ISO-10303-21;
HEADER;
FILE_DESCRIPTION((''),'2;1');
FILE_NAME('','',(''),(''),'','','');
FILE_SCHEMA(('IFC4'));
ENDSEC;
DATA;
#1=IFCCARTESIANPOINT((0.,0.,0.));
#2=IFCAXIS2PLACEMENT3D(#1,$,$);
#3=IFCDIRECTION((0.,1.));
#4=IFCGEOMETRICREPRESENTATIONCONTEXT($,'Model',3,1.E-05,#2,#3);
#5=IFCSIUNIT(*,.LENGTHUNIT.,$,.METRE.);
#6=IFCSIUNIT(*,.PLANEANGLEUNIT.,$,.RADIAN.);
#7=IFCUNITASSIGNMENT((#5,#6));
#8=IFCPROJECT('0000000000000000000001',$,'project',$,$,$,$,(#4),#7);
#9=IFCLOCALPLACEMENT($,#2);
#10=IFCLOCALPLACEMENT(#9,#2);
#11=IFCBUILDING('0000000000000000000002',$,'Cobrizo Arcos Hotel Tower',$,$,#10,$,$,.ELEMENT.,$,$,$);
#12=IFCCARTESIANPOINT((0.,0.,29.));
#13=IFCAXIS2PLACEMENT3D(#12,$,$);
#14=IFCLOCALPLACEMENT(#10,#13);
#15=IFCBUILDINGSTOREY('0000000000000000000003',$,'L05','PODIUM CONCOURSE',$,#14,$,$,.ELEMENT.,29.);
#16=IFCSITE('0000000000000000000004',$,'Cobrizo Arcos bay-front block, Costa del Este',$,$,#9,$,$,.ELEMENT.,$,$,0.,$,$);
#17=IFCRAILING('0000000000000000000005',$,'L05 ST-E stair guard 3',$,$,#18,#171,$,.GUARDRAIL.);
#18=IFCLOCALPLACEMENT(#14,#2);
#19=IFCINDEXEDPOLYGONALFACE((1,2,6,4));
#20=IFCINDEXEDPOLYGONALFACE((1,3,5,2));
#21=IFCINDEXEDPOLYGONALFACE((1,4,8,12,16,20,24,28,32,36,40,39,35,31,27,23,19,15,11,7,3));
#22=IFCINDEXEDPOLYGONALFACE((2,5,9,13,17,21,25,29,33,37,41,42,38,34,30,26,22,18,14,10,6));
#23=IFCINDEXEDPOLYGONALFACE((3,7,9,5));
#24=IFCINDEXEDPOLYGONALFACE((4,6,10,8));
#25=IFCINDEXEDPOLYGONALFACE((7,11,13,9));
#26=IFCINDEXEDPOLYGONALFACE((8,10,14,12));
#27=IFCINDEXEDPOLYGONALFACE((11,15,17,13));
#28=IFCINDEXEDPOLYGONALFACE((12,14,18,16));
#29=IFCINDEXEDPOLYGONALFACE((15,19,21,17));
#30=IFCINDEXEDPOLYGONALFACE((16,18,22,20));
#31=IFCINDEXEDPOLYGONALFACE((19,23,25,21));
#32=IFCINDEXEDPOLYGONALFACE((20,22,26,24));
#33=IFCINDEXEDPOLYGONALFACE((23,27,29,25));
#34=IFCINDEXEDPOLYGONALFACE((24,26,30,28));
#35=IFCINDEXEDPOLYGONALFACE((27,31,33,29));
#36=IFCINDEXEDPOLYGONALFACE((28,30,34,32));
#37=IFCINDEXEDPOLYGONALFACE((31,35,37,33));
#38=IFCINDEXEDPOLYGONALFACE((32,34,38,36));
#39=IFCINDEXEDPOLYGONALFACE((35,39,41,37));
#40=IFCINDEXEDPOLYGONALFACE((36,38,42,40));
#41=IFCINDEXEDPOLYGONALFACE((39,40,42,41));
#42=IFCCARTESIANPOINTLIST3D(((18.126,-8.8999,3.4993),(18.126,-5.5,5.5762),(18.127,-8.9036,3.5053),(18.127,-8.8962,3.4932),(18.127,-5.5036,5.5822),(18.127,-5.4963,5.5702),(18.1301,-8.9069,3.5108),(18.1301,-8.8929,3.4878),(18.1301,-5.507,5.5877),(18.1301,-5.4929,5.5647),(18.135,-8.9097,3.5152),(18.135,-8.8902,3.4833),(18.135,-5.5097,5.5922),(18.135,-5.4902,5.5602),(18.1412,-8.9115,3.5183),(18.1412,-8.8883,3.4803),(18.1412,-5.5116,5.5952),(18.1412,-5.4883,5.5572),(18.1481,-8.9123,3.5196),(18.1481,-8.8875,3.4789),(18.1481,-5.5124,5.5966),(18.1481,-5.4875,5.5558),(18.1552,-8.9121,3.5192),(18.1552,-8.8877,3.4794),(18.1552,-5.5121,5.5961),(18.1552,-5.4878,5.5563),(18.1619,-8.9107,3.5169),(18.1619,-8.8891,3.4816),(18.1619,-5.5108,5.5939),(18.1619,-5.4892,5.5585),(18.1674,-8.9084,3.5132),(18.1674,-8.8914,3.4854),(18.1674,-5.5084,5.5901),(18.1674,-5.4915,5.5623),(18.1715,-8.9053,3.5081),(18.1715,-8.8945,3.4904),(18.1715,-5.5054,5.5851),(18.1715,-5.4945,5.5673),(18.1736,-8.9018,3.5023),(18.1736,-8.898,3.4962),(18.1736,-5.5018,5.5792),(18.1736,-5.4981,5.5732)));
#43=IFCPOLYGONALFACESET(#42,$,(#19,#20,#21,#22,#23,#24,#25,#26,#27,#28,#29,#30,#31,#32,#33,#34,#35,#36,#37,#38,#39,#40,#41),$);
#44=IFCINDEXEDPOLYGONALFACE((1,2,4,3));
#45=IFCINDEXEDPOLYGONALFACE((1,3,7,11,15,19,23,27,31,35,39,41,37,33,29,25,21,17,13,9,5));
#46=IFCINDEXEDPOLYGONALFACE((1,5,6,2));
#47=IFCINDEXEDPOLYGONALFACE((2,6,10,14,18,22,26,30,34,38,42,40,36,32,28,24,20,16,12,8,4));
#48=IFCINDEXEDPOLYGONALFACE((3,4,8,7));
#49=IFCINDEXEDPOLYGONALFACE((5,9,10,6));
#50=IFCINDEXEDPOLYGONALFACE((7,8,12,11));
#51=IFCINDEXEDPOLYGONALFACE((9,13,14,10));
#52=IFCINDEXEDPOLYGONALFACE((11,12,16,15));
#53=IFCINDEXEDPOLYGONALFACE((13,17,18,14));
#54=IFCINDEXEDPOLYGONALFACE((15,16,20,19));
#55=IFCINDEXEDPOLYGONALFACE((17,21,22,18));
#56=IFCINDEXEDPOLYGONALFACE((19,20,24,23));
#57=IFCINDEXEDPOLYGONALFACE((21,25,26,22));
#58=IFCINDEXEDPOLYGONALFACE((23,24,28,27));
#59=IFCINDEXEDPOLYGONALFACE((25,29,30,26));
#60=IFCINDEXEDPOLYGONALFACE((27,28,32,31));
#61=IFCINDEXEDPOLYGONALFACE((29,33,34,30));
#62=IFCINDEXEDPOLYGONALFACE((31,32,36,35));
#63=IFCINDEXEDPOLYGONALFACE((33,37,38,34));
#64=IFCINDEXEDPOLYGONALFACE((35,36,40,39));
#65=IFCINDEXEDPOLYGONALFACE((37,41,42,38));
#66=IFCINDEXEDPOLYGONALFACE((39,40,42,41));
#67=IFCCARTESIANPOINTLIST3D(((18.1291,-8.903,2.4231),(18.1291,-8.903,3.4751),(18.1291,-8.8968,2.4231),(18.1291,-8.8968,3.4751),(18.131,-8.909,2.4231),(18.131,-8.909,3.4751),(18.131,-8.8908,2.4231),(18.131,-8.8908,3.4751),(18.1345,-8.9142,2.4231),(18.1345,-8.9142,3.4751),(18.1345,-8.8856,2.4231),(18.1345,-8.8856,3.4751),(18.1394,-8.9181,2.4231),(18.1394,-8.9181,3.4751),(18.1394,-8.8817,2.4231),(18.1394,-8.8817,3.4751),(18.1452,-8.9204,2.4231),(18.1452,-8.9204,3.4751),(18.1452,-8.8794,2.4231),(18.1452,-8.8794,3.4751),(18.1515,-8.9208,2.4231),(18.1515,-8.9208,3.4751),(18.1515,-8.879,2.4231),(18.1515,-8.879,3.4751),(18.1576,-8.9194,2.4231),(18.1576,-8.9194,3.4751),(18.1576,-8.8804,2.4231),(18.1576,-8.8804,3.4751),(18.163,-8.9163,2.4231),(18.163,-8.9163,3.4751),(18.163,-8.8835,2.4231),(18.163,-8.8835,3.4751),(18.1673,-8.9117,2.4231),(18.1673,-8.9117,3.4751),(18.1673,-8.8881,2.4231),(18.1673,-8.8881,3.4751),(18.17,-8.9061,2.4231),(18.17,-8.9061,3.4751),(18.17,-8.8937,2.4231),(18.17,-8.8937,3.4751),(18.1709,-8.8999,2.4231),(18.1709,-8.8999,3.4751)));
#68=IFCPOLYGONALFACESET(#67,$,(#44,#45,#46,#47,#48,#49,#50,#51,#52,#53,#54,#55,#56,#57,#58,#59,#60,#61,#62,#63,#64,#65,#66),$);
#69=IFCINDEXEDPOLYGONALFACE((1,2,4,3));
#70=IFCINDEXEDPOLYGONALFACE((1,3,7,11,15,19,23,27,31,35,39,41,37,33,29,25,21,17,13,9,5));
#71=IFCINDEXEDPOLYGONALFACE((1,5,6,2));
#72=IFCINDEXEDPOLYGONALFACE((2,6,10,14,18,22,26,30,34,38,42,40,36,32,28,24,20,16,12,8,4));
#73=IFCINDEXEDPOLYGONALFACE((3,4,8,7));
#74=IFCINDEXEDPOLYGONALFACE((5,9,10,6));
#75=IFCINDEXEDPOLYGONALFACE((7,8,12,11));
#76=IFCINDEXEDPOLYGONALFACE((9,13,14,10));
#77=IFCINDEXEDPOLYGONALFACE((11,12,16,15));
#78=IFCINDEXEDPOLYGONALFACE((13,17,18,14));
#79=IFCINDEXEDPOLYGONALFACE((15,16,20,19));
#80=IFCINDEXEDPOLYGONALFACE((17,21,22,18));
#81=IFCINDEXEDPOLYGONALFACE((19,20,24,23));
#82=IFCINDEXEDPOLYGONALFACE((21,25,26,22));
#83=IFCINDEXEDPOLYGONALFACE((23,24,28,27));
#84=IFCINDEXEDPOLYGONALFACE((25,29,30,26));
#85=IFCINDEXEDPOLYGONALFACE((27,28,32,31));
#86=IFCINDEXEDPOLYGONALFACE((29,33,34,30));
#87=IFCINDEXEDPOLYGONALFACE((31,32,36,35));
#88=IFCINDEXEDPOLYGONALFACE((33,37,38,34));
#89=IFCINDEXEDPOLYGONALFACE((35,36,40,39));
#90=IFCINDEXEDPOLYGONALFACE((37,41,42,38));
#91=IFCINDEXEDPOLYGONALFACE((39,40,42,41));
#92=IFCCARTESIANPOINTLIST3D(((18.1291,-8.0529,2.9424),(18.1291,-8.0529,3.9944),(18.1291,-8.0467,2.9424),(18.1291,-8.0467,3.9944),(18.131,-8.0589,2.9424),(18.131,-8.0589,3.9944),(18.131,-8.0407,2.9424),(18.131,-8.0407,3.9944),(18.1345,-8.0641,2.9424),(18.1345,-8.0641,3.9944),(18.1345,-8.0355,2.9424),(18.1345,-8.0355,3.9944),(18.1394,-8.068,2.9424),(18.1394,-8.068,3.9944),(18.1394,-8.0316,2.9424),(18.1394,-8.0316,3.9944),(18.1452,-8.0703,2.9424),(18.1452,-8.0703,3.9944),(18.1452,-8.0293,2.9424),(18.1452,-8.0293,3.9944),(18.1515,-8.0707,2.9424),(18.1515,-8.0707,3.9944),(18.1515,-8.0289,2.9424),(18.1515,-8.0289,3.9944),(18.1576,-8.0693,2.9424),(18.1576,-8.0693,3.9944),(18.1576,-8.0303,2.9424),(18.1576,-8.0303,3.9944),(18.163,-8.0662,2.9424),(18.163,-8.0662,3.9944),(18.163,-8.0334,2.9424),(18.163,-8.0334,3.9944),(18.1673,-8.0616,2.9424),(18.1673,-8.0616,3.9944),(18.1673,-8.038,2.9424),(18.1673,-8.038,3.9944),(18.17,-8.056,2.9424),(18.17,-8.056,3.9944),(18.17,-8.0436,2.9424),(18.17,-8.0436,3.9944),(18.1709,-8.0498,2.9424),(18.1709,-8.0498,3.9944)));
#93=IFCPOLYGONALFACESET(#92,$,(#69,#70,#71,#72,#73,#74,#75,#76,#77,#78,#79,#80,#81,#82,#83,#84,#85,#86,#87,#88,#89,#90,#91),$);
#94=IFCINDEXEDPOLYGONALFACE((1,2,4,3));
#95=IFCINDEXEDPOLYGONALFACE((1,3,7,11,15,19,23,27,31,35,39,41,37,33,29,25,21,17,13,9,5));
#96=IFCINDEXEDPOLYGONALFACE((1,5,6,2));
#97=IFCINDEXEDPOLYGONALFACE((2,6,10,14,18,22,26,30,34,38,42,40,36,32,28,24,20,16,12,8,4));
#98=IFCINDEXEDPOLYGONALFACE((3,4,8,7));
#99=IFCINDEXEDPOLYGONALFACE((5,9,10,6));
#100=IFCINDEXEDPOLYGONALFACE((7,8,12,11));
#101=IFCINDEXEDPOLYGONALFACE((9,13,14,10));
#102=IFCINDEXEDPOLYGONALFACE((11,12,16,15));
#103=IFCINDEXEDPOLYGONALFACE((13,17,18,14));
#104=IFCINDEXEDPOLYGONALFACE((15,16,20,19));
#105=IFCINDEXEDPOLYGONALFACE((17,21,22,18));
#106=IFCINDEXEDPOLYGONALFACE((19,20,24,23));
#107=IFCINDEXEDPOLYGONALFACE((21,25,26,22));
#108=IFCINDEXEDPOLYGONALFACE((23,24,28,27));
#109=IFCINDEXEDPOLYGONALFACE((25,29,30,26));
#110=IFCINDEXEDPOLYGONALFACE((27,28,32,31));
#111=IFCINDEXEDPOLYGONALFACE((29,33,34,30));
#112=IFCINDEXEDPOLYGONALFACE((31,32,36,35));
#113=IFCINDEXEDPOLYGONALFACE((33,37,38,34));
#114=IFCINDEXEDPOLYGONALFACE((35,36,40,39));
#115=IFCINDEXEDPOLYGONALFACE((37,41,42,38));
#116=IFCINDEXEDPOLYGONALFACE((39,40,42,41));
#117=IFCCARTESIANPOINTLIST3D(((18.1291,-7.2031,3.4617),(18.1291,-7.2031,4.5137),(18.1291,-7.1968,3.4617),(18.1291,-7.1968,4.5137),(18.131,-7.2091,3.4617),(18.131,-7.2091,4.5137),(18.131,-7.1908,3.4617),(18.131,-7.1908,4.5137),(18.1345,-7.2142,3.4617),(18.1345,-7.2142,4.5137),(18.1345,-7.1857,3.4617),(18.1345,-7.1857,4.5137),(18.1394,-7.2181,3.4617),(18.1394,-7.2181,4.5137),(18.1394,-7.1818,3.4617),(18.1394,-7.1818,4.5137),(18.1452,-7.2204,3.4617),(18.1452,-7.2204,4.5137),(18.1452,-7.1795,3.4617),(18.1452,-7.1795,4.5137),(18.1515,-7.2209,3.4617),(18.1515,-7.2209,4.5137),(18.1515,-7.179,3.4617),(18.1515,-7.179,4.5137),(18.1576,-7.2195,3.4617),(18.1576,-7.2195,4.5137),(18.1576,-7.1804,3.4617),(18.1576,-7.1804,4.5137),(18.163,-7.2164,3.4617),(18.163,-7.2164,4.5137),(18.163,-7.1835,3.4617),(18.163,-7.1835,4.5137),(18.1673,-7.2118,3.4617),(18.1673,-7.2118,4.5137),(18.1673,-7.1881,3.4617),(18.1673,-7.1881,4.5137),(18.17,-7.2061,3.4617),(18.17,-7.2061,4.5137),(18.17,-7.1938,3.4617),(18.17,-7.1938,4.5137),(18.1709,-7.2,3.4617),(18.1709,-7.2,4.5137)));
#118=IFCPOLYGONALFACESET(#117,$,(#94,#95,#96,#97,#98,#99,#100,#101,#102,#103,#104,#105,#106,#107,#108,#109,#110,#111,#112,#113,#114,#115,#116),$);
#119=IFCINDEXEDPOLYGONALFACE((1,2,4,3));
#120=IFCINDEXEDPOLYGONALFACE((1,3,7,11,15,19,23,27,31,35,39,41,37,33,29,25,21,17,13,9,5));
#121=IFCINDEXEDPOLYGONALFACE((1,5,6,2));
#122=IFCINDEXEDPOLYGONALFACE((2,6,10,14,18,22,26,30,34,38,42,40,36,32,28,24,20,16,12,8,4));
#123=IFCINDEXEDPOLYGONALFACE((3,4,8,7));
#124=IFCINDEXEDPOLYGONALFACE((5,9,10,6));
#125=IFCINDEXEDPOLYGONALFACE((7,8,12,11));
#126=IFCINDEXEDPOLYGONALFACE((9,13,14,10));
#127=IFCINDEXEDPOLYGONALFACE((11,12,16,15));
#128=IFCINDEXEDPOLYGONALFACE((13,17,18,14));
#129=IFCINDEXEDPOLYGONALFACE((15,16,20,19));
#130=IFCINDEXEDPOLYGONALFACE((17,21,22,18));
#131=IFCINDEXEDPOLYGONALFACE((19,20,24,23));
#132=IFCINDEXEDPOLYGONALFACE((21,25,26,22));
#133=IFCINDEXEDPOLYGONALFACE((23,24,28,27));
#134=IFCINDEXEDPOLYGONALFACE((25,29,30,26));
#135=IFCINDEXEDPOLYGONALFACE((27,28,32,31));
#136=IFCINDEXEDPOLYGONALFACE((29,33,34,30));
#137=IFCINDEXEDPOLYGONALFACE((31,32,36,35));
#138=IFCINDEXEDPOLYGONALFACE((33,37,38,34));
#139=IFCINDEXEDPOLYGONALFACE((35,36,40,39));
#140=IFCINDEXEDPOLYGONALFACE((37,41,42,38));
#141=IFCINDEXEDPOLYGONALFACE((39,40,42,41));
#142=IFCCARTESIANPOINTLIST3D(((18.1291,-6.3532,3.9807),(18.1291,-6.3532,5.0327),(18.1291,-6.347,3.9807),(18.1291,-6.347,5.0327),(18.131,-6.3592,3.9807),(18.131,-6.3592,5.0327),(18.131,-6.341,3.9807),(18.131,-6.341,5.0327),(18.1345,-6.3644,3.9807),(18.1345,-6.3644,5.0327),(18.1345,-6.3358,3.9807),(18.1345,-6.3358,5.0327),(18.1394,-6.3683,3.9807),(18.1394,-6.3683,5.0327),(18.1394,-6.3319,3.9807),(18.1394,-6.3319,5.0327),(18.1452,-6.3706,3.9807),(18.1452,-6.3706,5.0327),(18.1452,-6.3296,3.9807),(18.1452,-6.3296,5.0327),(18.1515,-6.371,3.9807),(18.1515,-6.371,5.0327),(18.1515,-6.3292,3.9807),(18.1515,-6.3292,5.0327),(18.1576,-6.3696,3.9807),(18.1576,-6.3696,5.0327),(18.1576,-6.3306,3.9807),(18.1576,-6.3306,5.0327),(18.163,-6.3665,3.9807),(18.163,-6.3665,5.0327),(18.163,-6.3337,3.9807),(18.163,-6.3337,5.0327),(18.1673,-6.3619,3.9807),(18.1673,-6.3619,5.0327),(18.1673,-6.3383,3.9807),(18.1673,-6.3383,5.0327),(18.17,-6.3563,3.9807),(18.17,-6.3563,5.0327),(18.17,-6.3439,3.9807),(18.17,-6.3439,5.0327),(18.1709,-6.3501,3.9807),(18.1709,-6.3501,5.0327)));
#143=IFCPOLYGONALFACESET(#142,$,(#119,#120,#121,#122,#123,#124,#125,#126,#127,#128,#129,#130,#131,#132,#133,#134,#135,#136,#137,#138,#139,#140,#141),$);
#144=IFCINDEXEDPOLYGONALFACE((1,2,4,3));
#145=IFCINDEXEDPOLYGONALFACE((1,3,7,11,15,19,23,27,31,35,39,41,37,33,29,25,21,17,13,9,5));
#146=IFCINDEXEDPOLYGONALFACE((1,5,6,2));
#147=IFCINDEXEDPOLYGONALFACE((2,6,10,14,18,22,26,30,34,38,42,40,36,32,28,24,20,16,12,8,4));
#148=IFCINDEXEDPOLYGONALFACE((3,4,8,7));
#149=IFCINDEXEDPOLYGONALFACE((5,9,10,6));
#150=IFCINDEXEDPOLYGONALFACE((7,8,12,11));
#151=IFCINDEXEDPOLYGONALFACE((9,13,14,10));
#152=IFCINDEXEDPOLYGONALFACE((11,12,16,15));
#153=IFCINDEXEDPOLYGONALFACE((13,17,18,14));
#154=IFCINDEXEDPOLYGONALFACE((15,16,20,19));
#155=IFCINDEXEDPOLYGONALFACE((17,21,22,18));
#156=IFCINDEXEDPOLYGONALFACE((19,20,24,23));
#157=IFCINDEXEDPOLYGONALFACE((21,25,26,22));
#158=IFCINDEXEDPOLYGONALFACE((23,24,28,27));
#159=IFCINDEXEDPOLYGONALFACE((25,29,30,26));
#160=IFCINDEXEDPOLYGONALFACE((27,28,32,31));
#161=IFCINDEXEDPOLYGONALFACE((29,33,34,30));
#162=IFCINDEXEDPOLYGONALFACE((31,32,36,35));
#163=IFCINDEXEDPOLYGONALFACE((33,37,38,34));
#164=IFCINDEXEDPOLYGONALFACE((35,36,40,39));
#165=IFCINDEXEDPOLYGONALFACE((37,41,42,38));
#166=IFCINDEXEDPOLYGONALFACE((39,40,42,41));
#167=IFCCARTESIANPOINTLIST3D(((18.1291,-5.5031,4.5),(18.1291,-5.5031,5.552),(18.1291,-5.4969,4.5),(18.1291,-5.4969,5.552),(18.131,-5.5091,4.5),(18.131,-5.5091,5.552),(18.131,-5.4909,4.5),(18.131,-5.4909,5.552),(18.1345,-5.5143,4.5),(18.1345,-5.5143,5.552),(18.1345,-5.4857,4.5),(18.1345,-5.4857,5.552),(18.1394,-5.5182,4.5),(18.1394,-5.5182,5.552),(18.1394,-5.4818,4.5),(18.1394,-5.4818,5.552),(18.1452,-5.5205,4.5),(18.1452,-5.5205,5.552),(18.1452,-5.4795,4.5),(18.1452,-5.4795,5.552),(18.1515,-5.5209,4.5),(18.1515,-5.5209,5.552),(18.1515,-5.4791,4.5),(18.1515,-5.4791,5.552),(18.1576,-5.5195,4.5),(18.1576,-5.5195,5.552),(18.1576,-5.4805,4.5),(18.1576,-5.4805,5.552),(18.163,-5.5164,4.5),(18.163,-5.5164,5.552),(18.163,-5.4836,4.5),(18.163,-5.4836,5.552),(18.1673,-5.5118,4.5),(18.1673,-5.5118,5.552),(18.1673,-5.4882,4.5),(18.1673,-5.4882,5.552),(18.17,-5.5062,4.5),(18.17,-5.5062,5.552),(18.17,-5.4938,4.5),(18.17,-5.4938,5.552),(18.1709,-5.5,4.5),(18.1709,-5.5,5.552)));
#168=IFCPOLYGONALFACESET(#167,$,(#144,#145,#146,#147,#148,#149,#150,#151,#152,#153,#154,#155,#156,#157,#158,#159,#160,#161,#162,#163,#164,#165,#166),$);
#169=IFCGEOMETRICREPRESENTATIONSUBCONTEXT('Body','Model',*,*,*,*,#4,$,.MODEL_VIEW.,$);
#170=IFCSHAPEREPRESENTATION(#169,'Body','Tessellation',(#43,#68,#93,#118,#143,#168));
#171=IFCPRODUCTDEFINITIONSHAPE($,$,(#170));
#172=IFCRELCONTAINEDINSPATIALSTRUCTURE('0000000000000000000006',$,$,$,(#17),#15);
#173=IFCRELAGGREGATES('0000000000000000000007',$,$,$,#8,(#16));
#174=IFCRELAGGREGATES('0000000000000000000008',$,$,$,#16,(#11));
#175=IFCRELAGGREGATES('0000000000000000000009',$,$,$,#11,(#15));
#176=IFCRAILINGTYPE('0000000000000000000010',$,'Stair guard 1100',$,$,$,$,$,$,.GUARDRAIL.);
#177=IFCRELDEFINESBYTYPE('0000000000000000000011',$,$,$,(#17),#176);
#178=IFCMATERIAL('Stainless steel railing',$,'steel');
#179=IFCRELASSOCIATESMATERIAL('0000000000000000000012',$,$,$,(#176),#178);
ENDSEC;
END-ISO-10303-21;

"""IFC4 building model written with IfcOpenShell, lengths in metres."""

from ifc_helpers import new_model, si_unit, direction, frame, origin, origin_2d, place, context, subcontext, project, spatial, circle, extrude, material, type_object, element, save


model = new_model("IFC4")

# Units and contexts
model_context = context("Model", 3, precision=1e-05, world=origin(), true_north=direction((0.0, 1.0)))
body_context = subcontext(model_context, "Body", "Model", "MODEL_VIEW")
ifc_project = project(units=[si_unit("LENGTHUNIT", "METRE"), si_unit("PLANEANGLEUNIT", "RADIAN")], contexts=[model_context])

# Site, building, storey
site_placement = place(None, origin())
site = spatial("IfcSite", under=ifc_project, at=site_placement, Name="Cobrizo Arcos bay-front block, Costa del Este", CompositionType="ELEMENT", RefElevation=0.0)
building_placement = place(site_placement, origin())
building = spatial("IfcBuilding", under=site, at=building_placement, Name="Cobrizo Arcos Hotel Tower", CompositionType="ELEMENT")
storey_placement = place(building_placement, frame((0.0, 0.0, 29.0)))
storey = spatial("IfcBuildingStorey", under=building, at=storey_placement, Name="L05", Description="PODIUM CONCOURSE", CompositionType="ELEMENT", Elevation=29.0)

# Railing
ifc_material_1 = material(Name="Stainless steel railing", Category="steel")
railing_type_1 = type_object("IfcRailingType", Name="Stair guard 1100", PredefinedType="GUARDRAIL", material=ifc_material_1)
railing_1_placement = place(storey_placement, frame((18.1499, -8.8999, 2.4231)))
element("IfcRailing", 1, at=railing_1_placement, inside=storey, type_object=railing_type_1, Name="L05 ST-E stair guard 3", PredefinedType="GUARDRAIL", context=body_context, shape_type="SweptSolid", body=[
    extrude(circle(Radius=0.0239, at=origin_2d()), frame((0.0, 0.0, 1.0762), z_axis=(0.0, 0.853373, 0.521301), x_axis=(-1.0, 0.0, 0.0)), (0.0, 0.0, 1.0), 3.9841),
    extrude(circle(Radius=0.021, at=origin_2d()), origin(), (0.0, 0.0, 1.0), 1.052),
    extrude(circle(Radius=0.021, at=origin_2d()), frame((0.0, 0.8501, 0.5193)), (0.0, 0.0, 1.0), 1.052),
    extrude(circle(Radius=0.021, at=origin_2d()), frame((0.0, 1.7, 1.0386)), (0.0, 0.0, 1.0), 1.052),
    extrude(circle(Radius=0.021, at=origin_2d()), frame((0.0, 2.5498, 1.5576)), (0.0, 0.0, 1.0), 1.052),
    extrude(circle(Radius=0.021, at=origin_2d()), frame((0.0, 3.3999, 2.0769)), (0.0, 0.0, 1.0), 1.052),
])

save(model, "model.ifc")
